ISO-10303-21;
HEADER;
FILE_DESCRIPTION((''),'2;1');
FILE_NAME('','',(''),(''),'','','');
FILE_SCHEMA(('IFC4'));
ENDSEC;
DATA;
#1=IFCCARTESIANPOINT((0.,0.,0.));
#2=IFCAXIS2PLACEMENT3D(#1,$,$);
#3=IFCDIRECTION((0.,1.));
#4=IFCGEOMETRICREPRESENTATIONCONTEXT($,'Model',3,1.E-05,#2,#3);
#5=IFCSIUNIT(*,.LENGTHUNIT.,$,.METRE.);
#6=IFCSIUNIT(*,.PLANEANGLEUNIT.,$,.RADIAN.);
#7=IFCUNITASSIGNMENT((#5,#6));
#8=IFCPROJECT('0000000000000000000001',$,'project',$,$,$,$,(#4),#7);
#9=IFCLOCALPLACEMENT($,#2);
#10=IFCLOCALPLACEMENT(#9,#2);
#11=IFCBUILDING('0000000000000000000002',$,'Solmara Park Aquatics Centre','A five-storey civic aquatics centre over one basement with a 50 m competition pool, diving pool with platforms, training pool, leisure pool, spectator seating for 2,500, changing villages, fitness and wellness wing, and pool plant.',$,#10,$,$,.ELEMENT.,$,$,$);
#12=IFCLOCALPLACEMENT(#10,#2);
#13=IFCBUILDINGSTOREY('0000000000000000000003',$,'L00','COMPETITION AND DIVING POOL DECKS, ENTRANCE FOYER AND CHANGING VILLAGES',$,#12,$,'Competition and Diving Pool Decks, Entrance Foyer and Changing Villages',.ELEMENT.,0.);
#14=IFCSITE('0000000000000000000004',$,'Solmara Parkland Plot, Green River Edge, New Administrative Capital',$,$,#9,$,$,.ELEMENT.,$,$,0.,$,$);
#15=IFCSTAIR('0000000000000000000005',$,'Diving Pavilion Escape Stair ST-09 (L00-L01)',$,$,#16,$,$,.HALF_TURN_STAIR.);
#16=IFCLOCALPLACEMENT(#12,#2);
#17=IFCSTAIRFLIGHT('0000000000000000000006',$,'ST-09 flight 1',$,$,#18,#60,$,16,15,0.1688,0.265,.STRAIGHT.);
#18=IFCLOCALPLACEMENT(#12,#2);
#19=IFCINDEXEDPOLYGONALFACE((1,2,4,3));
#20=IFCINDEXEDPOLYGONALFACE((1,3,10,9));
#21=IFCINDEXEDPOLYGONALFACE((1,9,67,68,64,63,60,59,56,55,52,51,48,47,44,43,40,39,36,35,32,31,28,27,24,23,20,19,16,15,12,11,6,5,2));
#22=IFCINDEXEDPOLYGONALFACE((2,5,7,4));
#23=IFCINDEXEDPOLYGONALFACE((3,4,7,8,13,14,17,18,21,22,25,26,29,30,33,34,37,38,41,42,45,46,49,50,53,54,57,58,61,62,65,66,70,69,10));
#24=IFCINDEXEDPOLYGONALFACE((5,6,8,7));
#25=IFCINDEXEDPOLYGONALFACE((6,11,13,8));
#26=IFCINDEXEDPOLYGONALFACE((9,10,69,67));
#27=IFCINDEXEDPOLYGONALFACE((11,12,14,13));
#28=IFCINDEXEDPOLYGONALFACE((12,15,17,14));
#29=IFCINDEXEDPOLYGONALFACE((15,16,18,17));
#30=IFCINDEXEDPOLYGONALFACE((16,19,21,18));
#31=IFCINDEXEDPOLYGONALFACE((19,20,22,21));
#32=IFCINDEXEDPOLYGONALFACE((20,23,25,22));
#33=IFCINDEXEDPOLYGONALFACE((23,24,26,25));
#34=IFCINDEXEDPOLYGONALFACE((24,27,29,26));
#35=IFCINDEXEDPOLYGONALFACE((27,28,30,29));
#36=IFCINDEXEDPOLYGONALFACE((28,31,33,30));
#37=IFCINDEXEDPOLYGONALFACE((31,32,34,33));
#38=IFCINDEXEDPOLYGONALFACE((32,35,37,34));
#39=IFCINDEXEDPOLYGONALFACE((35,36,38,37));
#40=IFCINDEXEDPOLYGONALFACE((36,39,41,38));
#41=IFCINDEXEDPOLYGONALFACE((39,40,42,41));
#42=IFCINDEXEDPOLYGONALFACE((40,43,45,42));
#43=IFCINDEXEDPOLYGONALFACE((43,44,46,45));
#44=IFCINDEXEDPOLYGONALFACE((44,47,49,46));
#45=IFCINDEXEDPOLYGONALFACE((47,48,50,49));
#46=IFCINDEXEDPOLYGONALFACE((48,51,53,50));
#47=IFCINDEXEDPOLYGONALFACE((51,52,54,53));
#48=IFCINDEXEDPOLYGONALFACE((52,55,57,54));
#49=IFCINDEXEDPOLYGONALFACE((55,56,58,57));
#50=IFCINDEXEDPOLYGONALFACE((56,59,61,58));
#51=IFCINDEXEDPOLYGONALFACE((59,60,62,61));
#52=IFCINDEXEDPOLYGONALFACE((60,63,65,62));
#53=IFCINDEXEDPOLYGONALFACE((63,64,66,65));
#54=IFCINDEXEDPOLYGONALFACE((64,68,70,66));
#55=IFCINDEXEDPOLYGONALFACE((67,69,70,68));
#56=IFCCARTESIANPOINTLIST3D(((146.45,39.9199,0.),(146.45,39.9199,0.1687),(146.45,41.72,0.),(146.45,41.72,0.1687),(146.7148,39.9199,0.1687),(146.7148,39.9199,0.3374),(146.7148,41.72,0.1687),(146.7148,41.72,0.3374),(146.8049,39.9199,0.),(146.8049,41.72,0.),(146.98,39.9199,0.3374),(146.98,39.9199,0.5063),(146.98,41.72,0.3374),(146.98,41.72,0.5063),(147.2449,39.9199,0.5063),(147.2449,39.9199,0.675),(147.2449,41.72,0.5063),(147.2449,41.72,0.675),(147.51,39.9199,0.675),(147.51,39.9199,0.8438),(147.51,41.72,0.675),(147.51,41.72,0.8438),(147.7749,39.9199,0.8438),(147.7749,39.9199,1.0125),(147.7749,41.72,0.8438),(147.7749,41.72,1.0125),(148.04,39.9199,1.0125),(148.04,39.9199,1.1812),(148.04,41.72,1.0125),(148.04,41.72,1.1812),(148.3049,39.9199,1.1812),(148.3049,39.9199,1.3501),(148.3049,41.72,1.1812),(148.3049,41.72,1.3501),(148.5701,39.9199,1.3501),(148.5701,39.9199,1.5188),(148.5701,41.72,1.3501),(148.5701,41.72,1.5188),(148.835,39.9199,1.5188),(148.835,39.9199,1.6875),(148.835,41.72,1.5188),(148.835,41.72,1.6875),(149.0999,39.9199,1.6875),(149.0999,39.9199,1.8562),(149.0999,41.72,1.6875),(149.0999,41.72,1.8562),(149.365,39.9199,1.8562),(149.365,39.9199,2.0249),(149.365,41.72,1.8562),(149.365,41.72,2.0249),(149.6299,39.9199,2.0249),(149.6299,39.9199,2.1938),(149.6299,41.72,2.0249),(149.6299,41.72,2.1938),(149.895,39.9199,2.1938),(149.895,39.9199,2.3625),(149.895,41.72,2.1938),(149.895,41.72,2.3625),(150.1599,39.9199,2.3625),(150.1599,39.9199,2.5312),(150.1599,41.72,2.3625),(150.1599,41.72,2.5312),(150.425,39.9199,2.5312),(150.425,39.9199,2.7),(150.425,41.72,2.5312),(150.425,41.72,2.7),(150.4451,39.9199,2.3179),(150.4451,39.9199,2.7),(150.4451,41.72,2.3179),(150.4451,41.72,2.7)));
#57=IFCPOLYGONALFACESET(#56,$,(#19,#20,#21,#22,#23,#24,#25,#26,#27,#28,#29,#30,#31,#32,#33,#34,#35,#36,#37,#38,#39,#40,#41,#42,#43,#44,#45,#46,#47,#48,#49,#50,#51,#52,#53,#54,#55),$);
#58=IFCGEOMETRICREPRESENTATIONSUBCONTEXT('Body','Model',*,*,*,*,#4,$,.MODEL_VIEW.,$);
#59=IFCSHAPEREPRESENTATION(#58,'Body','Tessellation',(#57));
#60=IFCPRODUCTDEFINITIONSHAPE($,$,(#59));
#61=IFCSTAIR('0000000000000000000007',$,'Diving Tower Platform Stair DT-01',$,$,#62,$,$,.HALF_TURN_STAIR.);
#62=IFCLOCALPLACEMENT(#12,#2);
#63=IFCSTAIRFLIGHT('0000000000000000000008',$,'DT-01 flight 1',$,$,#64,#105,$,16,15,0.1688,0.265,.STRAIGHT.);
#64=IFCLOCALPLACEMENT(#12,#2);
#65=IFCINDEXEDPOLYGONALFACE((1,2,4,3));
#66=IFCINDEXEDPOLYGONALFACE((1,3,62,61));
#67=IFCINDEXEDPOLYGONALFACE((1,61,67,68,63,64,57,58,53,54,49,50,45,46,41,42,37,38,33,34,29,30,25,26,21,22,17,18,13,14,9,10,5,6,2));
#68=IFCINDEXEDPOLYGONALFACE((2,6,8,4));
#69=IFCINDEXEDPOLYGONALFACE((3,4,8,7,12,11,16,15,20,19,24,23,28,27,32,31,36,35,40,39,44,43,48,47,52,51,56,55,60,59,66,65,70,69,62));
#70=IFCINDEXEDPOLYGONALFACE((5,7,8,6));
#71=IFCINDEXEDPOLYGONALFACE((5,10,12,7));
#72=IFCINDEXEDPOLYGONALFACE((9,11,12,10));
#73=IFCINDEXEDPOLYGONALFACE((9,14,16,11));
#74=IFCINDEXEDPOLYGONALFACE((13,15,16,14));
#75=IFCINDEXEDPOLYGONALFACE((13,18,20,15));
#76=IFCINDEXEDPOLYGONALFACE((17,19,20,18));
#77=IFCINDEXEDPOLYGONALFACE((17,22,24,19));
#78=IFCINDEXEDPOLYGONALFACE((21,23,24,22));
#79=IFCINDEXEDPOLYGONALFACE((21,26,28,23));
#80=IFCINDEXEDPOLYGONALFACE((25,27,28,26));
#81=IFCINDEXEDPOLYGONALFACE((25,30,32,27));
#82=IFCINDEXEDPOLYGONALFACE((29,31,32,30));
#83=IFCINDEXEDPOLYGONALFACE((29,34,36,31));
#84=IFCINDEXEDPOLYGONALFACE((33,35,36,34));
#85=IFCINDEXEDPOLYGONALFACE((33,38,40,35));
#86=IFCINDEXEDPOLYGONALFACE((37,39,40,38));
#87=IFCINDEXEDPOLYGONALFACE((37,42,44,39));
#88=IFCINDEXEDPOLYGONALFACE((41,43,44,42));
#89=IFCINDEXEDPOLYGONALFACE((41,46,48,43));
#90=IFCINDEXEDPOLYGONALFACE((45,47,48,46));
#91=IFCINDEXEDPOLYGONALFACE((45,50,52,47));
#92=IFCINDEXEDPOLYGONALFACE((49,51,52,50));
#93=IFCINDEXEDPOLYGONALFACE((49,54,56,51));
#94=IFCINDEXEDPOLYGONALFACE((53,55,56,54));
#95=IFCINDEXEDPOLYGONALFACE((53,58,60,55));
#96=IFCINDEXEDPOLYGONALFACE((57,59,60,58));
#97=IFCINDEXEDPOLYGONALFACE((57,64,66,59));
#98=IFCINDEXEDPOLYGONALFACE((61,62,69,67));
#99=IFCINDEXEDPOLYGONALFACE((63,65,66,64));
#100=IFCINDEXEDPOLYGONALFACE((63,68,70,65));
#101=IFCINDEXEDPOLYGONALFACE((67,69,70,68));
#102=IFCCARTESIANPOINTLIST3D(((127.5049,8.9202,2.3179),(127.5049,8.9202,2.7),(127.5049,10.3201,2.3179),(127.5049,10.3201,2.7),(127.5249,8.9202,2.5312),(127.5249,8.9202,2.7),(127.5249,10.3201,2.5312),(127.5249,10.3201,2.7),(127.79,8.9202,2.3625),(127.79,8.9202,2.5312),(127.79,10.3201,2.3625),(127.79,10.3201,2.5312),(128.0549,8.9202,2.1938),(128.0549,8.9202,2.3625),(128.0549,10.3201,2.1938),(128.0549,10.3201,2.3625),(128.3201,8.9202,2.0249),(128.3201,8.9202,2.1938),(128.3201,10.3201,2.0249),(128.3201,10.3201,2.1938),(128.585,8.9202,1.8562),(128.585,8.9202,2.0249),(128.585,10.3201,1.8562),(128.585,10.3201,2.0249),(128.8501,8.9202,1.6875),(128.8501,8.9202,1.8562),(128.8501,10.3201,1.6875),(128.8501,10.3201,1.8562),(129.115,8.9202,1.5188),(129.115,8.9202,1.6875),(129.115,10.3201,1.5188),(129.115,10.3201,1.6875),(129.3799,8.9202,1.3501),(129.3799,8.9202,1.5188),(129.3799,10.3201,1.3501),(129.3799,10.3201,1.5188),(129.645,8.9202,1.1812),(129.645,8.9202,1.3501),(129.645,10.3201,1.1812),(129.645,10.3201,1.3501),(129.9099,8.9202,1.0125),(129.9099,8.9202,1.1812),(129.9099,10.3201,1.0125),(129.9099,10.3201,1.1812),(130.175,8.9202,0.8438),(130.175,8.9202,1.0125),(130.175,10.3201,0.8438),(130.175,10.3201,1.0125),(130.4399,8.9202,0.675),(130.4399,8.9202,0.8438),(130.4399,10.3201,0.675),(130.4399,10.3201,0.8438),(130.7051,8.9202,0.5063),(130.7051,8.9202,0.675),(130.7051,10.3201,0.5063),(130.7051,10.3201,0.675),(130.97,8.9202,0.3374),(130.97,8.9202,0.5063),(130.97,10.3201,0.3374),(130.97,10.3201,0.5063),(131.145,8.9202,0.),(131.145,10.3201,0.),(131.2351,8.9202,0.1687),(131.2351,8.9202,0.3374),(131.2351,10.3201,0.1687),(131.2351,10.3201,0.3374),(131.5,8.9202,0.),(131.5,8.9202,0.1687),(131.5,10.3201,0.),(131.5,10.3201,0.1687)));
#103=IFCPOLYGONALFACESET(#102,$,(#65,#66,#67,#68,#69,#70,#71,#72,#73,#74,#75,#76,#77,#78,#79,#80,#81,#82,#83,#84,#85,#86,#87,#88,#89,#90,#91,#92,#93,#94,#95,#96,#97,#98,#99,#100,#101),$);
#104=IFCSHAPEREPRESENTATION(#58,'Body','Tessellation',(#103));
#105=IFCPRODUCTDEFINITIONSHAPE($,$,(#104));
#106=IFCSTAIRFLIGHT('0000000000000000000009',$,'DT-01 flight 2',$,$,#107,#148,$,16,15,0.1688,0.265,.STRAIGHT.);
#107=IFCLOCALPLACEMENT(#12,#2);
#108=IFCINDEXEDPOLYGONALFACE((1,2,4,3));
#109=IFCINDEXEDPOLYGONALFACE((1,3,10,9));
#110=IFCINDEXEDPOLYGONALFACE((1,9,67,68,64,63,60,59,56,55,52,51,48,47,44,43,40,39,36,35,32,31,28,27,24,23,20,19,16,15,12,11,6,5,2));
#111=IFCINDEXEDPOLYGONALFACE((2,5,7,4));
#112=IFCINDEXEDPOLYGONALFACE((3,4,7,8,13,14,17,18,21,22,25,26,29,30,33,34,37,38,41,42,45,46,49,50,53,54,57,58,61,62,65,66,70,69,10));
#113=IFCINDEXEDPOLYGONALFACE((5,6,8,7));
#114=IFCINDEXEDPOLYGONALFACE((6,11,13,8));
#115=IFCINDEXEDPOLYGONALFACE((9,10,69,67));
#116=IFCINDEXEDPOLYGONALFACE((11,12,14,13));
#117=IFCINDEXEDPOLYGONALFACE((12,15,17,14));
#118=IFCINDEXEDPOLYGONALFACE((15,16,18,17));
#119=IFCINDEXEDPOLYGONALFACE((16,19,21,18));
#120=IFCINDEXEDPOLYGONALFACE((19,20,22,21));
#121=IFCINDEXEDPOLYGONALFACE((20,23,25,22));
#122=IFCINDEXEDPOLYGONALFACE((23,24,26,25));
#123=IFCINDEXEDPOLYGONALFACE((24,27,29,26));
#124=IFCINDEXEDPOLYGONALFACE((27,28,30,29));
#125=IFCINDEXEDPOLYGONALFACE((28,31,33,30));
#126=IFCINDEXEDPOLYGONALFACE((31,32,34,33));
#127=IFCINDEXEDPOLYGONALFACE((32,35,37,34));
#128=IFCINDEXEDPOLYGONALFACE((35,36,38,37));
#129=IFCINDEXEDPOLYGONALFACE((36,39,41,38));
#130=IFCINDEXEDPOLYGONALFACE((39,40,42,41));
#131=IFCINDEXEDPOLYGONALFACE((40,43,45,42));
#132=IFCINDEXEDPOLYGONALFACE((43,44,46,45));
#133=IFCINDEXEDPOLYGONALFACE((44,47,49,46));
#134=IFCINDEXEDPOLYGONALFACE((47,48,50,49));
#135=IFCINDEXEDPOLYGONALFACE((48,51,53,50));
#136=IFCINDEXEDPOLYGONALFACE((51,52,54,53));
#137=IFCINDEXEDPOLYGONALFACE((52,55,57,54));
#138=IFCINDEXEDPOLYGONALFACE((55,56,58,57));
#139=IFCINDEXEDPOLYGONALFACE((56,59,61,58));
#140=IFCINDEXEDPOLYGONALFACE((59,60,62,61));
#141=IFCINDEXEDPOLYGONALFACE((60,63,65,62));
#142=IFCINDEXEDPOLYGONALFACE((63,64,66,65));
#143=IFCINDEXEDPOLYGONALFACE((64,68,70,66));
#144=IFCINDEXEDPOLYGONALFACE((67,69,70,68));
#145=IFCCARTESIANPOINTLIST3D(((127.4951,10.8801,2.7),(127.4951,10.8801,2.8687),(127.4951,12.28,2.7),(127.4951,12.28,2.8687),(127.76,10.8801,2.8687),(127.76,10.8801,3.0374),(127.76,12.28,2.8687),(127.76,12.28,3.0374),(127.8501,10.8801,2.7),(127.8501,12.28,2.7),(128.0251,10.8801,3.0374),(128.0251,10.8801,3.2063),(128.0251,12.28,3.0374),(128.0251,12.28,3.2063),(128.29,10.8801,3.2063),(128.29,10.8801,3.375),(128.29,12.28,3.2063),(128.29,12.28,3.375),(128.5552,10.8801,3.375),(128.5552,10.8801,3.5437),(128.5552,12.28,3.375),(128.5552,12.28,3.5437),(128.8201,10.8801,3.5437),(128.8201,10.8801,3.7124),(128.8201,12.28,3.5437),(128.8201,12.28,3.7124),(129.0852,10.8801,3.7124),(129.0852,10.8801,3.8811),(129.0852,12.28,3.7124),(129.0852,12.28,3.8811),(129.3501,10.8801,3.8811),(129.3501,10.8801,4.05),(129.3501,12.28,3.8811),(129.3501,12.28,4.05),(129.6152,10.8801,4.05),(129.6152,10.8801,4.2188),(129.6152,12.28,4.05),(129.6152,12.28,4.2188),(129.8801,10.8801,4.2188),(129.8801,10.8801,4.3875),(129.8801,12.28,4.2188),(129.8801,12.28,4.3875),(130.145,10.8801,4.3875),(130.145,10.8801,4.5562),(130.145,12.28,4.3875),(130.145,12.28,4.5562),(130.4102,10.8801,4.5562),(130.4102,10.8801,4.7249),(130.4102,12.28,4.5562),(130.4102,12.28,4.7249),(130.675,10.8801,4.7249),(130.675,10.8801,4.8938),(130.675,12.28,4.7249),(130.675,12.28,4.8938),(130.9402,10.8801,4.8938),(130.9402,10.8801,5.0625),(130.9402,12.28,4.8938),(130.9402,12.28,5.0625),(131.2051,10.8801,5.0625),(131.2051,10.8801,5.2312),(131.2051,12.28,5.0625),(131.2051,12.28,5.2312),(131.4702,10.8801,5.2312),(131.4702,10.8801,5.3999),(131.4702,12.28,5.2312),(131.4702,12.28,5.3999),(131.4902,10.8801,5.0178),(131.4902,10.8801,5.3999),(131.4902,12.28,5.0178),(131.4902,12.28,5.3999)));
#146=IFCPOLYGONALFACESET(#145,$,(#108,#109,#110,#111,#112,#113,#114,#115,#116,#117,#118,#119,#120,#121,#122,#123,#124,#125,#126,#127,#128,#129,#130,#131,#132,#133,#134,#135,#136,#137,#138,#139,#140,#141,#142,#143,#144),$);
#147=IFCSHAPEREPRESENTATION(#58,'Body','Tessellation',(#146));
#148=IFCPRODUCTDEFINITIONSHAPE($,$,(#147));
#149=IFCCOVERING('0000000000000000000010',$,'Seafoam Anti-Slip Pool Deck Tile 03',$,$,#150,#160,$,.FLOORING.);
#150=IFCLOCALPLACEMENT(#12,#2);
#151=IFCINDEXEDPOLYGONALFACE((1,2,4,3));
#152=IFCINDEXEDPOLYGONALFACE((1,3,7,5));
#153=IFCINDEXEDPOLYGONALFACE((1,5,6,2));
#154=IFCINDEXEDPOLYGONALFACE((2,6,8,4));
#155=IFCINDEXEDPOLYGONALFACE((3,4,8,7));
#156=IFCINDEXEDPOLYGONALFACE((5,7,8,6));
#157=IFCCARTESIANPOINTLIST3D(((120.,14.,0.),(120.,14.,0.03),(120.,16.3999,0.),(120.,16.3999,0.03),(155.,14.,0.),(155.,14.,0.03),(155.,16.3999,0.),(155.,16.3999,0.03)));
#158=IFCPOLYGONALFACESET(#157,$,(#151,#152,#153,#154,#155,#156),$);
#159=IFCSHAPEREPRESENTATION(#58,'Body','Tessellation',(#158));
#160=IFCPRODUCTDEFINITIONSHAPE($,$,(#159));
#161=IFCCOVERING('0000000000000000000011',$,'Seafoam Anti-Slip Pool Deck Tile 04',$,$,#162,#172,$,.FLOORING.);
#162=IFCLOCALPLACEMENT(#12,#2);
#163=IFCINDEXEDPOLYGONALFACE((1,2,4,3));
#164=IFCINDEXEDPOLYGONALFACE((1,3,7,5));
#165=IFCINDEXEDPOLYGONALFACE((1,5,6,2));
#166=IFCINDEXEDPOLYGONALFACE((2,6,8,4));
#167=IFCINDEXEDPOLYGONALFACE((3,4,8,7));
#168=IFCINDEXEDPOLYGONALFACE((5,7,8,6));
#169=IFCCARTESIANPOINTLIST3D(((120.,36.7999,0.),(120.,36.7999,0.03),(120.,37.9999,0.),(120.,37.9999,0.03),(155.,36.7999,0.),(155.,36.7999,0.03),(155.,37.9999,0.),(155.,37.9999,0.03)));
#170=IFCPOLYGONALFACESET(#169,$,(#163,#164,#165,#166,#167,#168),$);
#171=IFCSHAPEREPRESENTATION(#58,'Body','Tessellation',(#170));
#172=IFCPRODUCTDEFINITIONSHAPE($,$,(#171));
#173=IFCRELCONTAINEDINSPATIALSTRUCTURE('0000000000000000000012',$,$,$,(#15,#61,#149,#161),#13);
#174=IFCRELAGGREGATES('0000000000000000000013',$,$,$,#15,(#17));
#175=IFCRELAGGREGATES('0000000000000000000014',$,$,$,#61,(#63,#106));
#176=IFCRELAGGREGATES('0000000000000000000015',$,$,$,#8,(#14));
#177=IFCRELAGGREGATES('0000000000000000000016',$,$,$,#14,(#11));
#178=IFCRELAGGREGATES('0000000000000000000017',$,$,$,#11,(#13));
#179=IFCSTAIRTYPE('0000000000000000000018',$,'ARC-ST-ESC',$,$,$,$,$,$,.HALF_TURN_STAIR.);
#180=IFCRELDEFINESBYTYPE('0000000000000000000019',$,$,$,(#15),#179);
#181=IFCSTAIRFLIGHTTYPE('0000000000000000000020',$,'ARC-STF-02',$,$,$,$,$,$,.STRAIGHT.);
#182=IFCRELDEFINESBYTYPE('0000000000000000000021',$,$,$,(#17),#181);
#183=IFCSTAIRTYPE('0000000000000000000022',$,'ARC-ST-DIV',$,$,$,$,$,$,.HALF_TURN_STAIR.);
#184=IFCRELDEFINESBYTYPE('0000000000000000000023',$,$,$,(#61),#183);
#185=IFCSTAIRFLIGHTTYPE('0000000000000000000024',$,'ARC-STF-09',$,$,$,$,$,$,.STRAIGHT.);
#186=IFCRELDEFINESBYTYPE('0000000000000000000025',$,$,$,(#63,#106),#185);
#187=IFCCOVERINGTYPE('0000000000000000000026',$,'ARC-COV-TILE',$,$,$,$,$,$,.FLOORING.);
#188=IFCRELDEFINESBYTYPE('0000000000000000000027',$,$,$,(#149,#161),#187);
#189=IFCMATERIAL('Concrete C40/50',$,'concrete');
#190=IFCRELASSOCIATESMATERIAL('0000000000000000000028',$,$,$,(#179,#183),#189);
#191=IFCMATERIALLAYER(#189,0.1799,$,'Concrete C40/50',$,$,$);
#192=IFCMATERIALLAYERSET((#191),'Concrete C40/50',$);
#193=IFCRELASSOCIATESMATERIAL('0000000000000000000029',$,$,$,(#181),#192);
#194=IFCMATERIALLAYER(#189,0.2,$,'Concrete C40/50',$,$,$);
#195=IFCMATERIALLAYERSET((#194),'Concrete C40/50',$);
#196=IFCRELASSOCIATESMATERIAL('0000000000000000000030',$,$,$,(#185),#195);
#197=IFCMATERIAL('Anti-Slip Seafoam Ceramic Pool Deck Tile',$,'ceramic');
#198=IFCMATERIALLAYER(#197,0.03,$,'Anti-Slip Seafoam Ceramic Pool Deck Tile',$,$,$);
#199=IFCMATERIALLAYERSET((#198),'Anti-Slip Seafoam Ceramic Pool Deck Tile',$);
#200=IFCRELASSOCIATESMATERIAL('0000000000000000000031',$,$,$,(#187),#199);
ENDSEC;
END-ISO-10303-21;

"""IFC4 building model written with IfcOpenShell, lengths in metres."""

from ifc_helpers import new_model, si_unit, direction, frame, origin, origin_2d, place, context, subcontext, project, spatial, polyline, rectangle, outline, extrude, material, layer, layer_set, type_object, element, aggregate, save


model = new_model("IFC4")

# Units and contexts
model_context = context("Model", 3, precision=1e-05, world=origin(), true_north=direction((0.0, 1.0)))
body_context = subcontext(model_context, "Body", "Model", "MODEL_VIEW")
ifc_project = project(units=[si_unit("LENGTHUNIT", "METRE"), si_unit("PLANEANGLEUNIT", "RADIAN")], contexts=[model_context])

# Site, building, storey
site_placement = place(None, origin())
site = spatial("IfcSite", under=ifc_project, at=site_placement, Name="Solmara Parkland Plot, Green River Edge, New Administrative Capital", CompositionType="ELEMENT", RefElevation=0.0)
building_placement = place(site_placement, origin())
building = spatial("IfcBuilding", under=site, at=building_placement, Name="Solmara Park Aquatics Centre", Description="A five-storey civic aquatics centre over one basement with a 50 m competition pool, diving pool with platforms, training pool, leisure pool, spectator seating for 2,500, changing villages, fitness and wellness wing, and pool plant.", CompositionType="ELEMENT")
storey_placement = place(building_placement, origin())
storey = spatial("IfcBuildingStorey", under=building, at=storey_placement, Name="L00", Description="COMPETITION AND DIVING POOL DECKS, ENTRANCE FOYER AND CHANGING VILLAGES", LongName="Competition and Diving Pool Decks, Entrance Foyer and Changing Villages", CompositionType="ELEMENT", Elevation=0.0)

# Shared definitions
ifc_material_1 = material(Name="Concrete C40/50", Category="concrete")

# Stair, stair flight
stair_type_1 = type_object("IfcStairType", Name="ARC-ST-ESC", PredefinedType="HALF_TURN_STAIR", material=ifc_material_1)
stair_1_placement = place(storey_placement, origin())
stair_1 = element("IfcStair", 1, at=stair_1_placement, inside=storey, type_object=stair_type_1, Name="Diving Pavilion Escape Stair ST-09 (L00-L01)", PredefinedType="HALF_TURN_STAIR")
ifc_layer_1 = layer(ifc_material_1, 0.1799, Name="Concrete C40/50")
ifc_layer_set_1 = layer_set([ifc_layer_1], Name="Concrete C40/50")
stair_flight_type_1 = type_object("IfcStairFlightType", Name="ARC-STF-02", PredefinedType="STRAIGHT", material=ifc_layer_set_1)
stair_flight_1_placement = place(storey_placement, frame((146.45, 40.8201, 0.0), z_axis=(0.0, 0.0, 1.0), x_axis=(1.0, 0.0, 0.0)))
stair_flight_1 = element("IfcStairFlight", 2, at=stair_flight_1_placement, type_object=stair_flight_type_1, Name="ST-09 flight 1", NumberOfRisers=16, NumberOfTreads=15, PredefinedType="STRAIGHT", RiserHeight=0.1688, TreadLength=0.265, context=body_context, shape_type="SweptSolid", body=[
    extrude(outline(polyline([(0.0, 0.0), (0.0, 0.1687), (0.2649, 0.1687), (0.2649, 0.3374), (0.53, 0.3374), (0.53, 0.5063), (0.7949, 0.5063), (0.7949, 0.675), (1.0601, 0.675), (1.0601, 0.8438), (1.325, 0.8438), (1.325, 1.0125), (1.5901, 1.0125), (1.5901, 1.1812), (1.855, 1.1812), (1.855, 1.3501), (2.1201, 1.3501), (2.1201, 1.5188), (2.385, 1.5188), (2.385, 1.6875), (2.6499, 1.6875), (2.6499, 1.8562), (2.915, 1.8562), (2.915, 2.0249), (3.1799, 2.0249), (3.1799, 2.1938), (3.4451, 2.1938), (3.4451, 2.3625), (3.71, 2.3625), (3.71, 2.5312), (3.9751, 2.5312), (3.9751, 2.7), (3.9951, 2.7), (3.9951, 2.3179), (0.355, 0.0), (0.0, 0.0)])), frame((0.0, 0.8999, 0.0), z_axis=(0.0, -1.0, 0.0), x_axis=(1.0, 0.0, 0.0)), (0.0, 0.0, 1.0), 1.8),
])
aggregate(stair_1, [stair_flight_1])

# Stair, stair flights
stair_type_2 = type_object("IfcStairType", Name="ARC-ST-DIV", PredefinedType="HALF_TURN_STAIR", material=ifc_material_1)
stair_2_placement = place(storey_placement, origin())
stair_2 = element("IfcStair", 3, at=stair_2_placement, inside=storey, type_object=stair_type_2, Name="Diving Tower Platform Stair DT-01", PredefinedType="HALF_TURN_STAIR")
ifc_layer_2 = layer(ifc_material_1, 0.2, Name="Concrete C40/50")
ifc_layer_set_2 = layer_set([ifc_layer_2], Name="Concrete C40/50")
stair_flight_type_2 = type_object("IfcStairFlightType", Name="ARC-STF-09", PredefinedType="STRAIGHT", material=ifc_layer_set_2)
stair_flight_2_placement = place(storey_placement, frame((131.5, 9.6201, 0.0), z_axis=(0.0, 0.0, 1.0), x_axis=(-1.0, 0.0, 0.0)))
stair_flight_2 = element("IfcStairFlight", 4, at=stair_flight_2_placement, type_object=stair_flight_type_2, Name="DT-01 flight 1", NumberOfRisers=16, NumberOfTreads=15, PredefinedType="STRAIGHT", RiserHeight=0.1688, TreadLength=0.265, context=body_context, shape_type="SweptSolid", body=[
    extrude(outline(polyline([(0.0, 0.0), (0.0, 0.1687), (0.2649, 0.1687), (0.2649, 0.3374), (0.53, 0.3374), (0.53, 0.5063), (0.7949, 0.5063), (0.7949, 0.675), (1.0601, 0.675), (1.0601, 0.8438), (1.325, 0.8438), (1.325, 1.0125), (1.5901, 1.0125), (1.5901, 1.1812), (1.855, 1.1812), (1.855, 1.3501), (2.1201, 1.3501), (2.1201, 1.5188), (2.385, 1.5188), (2.385, 1.6875), (2.6499, 1.6875), (2.6499, 1.8562), (2.915, 1.8562), (2.915, 2.0249), (3.1799, 2.0249), (3.1799, 2.1938), (3.4451, 2.1938), (3.4451, 2.3625), (3.71, 2.3625), (3.71, 2.5312), (3.9751, 2.5312), (3.9751, 2.7), (3.9951, 2.7), (3.9951, 2.3179), (0.355, 0.0), (0.0, 0.0)])), frame((0.0, 0.7, 0.0), z_axis=(0.0, -1.0, 0.0), x_axis=(1.0, 0.0, 0.0)), (0.0, 0.0, 1.0), 1.3999),
])
stair_flight_3_placement = place(storey_placement, frame((127.4951, 11.5801, 2.7), z_axis=(0.0, 0.0, 1.0), x_axis=(1.0, 0.0, 0.0)))
stair_flight_3 = element("IfcStairFlight", 5, at=stair_flight_3_placement, type_object=stair_flight_type_2, Name="DT-01 flight 2", NumberOfRisers=16, NumberOfTreads=15, PredefinedType="STRAIGHT", RiserHeight=0.1688, TreadLength=0.265, context=body_context, shape_type="SweptSolid", body=[
    extrude(outline(polyline([(0.0, 0.0), (0.0, 0.1687), (0.2649, 0.1687), (0.2649, 0.3374), (0.53, 0.3374), (0.53, 0.5063), (0.7949, 0.5063), (0.7949, 0.675), (1.0601, 0.675), (1.0601, 0.8438), (1.325, 0.8438), (1.325, 1.0125), (1.5901, 1.0125), (1.5901, 1.1812), (1.855, 1.1812), (1.855, 1.3501), (2.1201, 1.3501), (2.1201, 1.5188), (2.385, 1.5188), (2.385, 1.6875), (2.6499, 1.6875), (2.6499, 1.8562), (2.915, 1.8562), (2.915, 2.0249), (3.1799, 2.0249), (3.1799, 2.1938), (3.4451, 2.1938), (3.4451, 2.3625), (3.71, 2.3625), (3.71, 2.5312), (3.9751, 2.5312), (3.9751, 2.7), (3.9951, 2.7), (3.9951, 2.3179), (0.355, 0.0), (0.0, 0.0)])), frame((0.0, 0.7, 0.0), z_axis=(0.0, -1.0, 0.0), x_axis=(1.0, 0.0, 0.0)), (0.0, 0.0, 1.0), 1.3999),
])
aggregate(stair_2, [stair_flight_2, stair_flight_3])

# Coverings
ifc_material_2 = material(Name="Anti-Slip Seafoam Ceramic Pool Deck Tile", Category="ceramic")
ifc_layer_3 = layer(ifc_material_2, 0.03, Name="Anti-Slip Seafoam Ceramic Pool Deck Tile")
ifc_layer_set_3 = layer_set([ifc_layer_3], Name="Anti-Slip Seafoam Ceramic Pool Deck Tile")
covering_type = type_object("IfcCoveringType", Name="ARC-COV-TILE", PredefinedType="FLOORING", material=ifc_layer_set_3)
covering_1_placement = place(storey_placement, frame((137.5, 15.2, 0.0), z_axis=(0.0, 0.0, 1.0), x_axis=(1.0, 0.0, 0.0)))
element("IfcCovering", 6, at=covering_1_placement, inside=storey, type_object=covering_type, Name="Seafoam Anti-Slip Pool Deck Tile 03", PredefinedType="FLOORING", context=body_context, shape_type="SweptSolid", body=[
    extrude(rectangle(XDim=35.0, YDim=2.3999, at=origin_2d()), origin(), (0.0, 0.0, 1.0), 0.03),
])
covering_2_placement = place(storey_placement, frame((137.5, 37.3999, 0.0), z_axis=(0.0, 0.0, 1.0), x_axis=(1.0, 0.0, 0.0)))
element("IfcCovering", 7, at=covering_2_placement, inside=storey, type_object=covering_type, Name="Seafoam Anti-Slip Pool Deck Tile 04", PredefinedType="FLOORING", context=body_context, shape_type="SweptSolid", body=[
    extrude(rectangle(XDim=35.0, YDim=1.2, at=origin_2d()), origin(), (0.0, 0.0, 1.0), 0.03),
])

save(model, "model.ifc")
